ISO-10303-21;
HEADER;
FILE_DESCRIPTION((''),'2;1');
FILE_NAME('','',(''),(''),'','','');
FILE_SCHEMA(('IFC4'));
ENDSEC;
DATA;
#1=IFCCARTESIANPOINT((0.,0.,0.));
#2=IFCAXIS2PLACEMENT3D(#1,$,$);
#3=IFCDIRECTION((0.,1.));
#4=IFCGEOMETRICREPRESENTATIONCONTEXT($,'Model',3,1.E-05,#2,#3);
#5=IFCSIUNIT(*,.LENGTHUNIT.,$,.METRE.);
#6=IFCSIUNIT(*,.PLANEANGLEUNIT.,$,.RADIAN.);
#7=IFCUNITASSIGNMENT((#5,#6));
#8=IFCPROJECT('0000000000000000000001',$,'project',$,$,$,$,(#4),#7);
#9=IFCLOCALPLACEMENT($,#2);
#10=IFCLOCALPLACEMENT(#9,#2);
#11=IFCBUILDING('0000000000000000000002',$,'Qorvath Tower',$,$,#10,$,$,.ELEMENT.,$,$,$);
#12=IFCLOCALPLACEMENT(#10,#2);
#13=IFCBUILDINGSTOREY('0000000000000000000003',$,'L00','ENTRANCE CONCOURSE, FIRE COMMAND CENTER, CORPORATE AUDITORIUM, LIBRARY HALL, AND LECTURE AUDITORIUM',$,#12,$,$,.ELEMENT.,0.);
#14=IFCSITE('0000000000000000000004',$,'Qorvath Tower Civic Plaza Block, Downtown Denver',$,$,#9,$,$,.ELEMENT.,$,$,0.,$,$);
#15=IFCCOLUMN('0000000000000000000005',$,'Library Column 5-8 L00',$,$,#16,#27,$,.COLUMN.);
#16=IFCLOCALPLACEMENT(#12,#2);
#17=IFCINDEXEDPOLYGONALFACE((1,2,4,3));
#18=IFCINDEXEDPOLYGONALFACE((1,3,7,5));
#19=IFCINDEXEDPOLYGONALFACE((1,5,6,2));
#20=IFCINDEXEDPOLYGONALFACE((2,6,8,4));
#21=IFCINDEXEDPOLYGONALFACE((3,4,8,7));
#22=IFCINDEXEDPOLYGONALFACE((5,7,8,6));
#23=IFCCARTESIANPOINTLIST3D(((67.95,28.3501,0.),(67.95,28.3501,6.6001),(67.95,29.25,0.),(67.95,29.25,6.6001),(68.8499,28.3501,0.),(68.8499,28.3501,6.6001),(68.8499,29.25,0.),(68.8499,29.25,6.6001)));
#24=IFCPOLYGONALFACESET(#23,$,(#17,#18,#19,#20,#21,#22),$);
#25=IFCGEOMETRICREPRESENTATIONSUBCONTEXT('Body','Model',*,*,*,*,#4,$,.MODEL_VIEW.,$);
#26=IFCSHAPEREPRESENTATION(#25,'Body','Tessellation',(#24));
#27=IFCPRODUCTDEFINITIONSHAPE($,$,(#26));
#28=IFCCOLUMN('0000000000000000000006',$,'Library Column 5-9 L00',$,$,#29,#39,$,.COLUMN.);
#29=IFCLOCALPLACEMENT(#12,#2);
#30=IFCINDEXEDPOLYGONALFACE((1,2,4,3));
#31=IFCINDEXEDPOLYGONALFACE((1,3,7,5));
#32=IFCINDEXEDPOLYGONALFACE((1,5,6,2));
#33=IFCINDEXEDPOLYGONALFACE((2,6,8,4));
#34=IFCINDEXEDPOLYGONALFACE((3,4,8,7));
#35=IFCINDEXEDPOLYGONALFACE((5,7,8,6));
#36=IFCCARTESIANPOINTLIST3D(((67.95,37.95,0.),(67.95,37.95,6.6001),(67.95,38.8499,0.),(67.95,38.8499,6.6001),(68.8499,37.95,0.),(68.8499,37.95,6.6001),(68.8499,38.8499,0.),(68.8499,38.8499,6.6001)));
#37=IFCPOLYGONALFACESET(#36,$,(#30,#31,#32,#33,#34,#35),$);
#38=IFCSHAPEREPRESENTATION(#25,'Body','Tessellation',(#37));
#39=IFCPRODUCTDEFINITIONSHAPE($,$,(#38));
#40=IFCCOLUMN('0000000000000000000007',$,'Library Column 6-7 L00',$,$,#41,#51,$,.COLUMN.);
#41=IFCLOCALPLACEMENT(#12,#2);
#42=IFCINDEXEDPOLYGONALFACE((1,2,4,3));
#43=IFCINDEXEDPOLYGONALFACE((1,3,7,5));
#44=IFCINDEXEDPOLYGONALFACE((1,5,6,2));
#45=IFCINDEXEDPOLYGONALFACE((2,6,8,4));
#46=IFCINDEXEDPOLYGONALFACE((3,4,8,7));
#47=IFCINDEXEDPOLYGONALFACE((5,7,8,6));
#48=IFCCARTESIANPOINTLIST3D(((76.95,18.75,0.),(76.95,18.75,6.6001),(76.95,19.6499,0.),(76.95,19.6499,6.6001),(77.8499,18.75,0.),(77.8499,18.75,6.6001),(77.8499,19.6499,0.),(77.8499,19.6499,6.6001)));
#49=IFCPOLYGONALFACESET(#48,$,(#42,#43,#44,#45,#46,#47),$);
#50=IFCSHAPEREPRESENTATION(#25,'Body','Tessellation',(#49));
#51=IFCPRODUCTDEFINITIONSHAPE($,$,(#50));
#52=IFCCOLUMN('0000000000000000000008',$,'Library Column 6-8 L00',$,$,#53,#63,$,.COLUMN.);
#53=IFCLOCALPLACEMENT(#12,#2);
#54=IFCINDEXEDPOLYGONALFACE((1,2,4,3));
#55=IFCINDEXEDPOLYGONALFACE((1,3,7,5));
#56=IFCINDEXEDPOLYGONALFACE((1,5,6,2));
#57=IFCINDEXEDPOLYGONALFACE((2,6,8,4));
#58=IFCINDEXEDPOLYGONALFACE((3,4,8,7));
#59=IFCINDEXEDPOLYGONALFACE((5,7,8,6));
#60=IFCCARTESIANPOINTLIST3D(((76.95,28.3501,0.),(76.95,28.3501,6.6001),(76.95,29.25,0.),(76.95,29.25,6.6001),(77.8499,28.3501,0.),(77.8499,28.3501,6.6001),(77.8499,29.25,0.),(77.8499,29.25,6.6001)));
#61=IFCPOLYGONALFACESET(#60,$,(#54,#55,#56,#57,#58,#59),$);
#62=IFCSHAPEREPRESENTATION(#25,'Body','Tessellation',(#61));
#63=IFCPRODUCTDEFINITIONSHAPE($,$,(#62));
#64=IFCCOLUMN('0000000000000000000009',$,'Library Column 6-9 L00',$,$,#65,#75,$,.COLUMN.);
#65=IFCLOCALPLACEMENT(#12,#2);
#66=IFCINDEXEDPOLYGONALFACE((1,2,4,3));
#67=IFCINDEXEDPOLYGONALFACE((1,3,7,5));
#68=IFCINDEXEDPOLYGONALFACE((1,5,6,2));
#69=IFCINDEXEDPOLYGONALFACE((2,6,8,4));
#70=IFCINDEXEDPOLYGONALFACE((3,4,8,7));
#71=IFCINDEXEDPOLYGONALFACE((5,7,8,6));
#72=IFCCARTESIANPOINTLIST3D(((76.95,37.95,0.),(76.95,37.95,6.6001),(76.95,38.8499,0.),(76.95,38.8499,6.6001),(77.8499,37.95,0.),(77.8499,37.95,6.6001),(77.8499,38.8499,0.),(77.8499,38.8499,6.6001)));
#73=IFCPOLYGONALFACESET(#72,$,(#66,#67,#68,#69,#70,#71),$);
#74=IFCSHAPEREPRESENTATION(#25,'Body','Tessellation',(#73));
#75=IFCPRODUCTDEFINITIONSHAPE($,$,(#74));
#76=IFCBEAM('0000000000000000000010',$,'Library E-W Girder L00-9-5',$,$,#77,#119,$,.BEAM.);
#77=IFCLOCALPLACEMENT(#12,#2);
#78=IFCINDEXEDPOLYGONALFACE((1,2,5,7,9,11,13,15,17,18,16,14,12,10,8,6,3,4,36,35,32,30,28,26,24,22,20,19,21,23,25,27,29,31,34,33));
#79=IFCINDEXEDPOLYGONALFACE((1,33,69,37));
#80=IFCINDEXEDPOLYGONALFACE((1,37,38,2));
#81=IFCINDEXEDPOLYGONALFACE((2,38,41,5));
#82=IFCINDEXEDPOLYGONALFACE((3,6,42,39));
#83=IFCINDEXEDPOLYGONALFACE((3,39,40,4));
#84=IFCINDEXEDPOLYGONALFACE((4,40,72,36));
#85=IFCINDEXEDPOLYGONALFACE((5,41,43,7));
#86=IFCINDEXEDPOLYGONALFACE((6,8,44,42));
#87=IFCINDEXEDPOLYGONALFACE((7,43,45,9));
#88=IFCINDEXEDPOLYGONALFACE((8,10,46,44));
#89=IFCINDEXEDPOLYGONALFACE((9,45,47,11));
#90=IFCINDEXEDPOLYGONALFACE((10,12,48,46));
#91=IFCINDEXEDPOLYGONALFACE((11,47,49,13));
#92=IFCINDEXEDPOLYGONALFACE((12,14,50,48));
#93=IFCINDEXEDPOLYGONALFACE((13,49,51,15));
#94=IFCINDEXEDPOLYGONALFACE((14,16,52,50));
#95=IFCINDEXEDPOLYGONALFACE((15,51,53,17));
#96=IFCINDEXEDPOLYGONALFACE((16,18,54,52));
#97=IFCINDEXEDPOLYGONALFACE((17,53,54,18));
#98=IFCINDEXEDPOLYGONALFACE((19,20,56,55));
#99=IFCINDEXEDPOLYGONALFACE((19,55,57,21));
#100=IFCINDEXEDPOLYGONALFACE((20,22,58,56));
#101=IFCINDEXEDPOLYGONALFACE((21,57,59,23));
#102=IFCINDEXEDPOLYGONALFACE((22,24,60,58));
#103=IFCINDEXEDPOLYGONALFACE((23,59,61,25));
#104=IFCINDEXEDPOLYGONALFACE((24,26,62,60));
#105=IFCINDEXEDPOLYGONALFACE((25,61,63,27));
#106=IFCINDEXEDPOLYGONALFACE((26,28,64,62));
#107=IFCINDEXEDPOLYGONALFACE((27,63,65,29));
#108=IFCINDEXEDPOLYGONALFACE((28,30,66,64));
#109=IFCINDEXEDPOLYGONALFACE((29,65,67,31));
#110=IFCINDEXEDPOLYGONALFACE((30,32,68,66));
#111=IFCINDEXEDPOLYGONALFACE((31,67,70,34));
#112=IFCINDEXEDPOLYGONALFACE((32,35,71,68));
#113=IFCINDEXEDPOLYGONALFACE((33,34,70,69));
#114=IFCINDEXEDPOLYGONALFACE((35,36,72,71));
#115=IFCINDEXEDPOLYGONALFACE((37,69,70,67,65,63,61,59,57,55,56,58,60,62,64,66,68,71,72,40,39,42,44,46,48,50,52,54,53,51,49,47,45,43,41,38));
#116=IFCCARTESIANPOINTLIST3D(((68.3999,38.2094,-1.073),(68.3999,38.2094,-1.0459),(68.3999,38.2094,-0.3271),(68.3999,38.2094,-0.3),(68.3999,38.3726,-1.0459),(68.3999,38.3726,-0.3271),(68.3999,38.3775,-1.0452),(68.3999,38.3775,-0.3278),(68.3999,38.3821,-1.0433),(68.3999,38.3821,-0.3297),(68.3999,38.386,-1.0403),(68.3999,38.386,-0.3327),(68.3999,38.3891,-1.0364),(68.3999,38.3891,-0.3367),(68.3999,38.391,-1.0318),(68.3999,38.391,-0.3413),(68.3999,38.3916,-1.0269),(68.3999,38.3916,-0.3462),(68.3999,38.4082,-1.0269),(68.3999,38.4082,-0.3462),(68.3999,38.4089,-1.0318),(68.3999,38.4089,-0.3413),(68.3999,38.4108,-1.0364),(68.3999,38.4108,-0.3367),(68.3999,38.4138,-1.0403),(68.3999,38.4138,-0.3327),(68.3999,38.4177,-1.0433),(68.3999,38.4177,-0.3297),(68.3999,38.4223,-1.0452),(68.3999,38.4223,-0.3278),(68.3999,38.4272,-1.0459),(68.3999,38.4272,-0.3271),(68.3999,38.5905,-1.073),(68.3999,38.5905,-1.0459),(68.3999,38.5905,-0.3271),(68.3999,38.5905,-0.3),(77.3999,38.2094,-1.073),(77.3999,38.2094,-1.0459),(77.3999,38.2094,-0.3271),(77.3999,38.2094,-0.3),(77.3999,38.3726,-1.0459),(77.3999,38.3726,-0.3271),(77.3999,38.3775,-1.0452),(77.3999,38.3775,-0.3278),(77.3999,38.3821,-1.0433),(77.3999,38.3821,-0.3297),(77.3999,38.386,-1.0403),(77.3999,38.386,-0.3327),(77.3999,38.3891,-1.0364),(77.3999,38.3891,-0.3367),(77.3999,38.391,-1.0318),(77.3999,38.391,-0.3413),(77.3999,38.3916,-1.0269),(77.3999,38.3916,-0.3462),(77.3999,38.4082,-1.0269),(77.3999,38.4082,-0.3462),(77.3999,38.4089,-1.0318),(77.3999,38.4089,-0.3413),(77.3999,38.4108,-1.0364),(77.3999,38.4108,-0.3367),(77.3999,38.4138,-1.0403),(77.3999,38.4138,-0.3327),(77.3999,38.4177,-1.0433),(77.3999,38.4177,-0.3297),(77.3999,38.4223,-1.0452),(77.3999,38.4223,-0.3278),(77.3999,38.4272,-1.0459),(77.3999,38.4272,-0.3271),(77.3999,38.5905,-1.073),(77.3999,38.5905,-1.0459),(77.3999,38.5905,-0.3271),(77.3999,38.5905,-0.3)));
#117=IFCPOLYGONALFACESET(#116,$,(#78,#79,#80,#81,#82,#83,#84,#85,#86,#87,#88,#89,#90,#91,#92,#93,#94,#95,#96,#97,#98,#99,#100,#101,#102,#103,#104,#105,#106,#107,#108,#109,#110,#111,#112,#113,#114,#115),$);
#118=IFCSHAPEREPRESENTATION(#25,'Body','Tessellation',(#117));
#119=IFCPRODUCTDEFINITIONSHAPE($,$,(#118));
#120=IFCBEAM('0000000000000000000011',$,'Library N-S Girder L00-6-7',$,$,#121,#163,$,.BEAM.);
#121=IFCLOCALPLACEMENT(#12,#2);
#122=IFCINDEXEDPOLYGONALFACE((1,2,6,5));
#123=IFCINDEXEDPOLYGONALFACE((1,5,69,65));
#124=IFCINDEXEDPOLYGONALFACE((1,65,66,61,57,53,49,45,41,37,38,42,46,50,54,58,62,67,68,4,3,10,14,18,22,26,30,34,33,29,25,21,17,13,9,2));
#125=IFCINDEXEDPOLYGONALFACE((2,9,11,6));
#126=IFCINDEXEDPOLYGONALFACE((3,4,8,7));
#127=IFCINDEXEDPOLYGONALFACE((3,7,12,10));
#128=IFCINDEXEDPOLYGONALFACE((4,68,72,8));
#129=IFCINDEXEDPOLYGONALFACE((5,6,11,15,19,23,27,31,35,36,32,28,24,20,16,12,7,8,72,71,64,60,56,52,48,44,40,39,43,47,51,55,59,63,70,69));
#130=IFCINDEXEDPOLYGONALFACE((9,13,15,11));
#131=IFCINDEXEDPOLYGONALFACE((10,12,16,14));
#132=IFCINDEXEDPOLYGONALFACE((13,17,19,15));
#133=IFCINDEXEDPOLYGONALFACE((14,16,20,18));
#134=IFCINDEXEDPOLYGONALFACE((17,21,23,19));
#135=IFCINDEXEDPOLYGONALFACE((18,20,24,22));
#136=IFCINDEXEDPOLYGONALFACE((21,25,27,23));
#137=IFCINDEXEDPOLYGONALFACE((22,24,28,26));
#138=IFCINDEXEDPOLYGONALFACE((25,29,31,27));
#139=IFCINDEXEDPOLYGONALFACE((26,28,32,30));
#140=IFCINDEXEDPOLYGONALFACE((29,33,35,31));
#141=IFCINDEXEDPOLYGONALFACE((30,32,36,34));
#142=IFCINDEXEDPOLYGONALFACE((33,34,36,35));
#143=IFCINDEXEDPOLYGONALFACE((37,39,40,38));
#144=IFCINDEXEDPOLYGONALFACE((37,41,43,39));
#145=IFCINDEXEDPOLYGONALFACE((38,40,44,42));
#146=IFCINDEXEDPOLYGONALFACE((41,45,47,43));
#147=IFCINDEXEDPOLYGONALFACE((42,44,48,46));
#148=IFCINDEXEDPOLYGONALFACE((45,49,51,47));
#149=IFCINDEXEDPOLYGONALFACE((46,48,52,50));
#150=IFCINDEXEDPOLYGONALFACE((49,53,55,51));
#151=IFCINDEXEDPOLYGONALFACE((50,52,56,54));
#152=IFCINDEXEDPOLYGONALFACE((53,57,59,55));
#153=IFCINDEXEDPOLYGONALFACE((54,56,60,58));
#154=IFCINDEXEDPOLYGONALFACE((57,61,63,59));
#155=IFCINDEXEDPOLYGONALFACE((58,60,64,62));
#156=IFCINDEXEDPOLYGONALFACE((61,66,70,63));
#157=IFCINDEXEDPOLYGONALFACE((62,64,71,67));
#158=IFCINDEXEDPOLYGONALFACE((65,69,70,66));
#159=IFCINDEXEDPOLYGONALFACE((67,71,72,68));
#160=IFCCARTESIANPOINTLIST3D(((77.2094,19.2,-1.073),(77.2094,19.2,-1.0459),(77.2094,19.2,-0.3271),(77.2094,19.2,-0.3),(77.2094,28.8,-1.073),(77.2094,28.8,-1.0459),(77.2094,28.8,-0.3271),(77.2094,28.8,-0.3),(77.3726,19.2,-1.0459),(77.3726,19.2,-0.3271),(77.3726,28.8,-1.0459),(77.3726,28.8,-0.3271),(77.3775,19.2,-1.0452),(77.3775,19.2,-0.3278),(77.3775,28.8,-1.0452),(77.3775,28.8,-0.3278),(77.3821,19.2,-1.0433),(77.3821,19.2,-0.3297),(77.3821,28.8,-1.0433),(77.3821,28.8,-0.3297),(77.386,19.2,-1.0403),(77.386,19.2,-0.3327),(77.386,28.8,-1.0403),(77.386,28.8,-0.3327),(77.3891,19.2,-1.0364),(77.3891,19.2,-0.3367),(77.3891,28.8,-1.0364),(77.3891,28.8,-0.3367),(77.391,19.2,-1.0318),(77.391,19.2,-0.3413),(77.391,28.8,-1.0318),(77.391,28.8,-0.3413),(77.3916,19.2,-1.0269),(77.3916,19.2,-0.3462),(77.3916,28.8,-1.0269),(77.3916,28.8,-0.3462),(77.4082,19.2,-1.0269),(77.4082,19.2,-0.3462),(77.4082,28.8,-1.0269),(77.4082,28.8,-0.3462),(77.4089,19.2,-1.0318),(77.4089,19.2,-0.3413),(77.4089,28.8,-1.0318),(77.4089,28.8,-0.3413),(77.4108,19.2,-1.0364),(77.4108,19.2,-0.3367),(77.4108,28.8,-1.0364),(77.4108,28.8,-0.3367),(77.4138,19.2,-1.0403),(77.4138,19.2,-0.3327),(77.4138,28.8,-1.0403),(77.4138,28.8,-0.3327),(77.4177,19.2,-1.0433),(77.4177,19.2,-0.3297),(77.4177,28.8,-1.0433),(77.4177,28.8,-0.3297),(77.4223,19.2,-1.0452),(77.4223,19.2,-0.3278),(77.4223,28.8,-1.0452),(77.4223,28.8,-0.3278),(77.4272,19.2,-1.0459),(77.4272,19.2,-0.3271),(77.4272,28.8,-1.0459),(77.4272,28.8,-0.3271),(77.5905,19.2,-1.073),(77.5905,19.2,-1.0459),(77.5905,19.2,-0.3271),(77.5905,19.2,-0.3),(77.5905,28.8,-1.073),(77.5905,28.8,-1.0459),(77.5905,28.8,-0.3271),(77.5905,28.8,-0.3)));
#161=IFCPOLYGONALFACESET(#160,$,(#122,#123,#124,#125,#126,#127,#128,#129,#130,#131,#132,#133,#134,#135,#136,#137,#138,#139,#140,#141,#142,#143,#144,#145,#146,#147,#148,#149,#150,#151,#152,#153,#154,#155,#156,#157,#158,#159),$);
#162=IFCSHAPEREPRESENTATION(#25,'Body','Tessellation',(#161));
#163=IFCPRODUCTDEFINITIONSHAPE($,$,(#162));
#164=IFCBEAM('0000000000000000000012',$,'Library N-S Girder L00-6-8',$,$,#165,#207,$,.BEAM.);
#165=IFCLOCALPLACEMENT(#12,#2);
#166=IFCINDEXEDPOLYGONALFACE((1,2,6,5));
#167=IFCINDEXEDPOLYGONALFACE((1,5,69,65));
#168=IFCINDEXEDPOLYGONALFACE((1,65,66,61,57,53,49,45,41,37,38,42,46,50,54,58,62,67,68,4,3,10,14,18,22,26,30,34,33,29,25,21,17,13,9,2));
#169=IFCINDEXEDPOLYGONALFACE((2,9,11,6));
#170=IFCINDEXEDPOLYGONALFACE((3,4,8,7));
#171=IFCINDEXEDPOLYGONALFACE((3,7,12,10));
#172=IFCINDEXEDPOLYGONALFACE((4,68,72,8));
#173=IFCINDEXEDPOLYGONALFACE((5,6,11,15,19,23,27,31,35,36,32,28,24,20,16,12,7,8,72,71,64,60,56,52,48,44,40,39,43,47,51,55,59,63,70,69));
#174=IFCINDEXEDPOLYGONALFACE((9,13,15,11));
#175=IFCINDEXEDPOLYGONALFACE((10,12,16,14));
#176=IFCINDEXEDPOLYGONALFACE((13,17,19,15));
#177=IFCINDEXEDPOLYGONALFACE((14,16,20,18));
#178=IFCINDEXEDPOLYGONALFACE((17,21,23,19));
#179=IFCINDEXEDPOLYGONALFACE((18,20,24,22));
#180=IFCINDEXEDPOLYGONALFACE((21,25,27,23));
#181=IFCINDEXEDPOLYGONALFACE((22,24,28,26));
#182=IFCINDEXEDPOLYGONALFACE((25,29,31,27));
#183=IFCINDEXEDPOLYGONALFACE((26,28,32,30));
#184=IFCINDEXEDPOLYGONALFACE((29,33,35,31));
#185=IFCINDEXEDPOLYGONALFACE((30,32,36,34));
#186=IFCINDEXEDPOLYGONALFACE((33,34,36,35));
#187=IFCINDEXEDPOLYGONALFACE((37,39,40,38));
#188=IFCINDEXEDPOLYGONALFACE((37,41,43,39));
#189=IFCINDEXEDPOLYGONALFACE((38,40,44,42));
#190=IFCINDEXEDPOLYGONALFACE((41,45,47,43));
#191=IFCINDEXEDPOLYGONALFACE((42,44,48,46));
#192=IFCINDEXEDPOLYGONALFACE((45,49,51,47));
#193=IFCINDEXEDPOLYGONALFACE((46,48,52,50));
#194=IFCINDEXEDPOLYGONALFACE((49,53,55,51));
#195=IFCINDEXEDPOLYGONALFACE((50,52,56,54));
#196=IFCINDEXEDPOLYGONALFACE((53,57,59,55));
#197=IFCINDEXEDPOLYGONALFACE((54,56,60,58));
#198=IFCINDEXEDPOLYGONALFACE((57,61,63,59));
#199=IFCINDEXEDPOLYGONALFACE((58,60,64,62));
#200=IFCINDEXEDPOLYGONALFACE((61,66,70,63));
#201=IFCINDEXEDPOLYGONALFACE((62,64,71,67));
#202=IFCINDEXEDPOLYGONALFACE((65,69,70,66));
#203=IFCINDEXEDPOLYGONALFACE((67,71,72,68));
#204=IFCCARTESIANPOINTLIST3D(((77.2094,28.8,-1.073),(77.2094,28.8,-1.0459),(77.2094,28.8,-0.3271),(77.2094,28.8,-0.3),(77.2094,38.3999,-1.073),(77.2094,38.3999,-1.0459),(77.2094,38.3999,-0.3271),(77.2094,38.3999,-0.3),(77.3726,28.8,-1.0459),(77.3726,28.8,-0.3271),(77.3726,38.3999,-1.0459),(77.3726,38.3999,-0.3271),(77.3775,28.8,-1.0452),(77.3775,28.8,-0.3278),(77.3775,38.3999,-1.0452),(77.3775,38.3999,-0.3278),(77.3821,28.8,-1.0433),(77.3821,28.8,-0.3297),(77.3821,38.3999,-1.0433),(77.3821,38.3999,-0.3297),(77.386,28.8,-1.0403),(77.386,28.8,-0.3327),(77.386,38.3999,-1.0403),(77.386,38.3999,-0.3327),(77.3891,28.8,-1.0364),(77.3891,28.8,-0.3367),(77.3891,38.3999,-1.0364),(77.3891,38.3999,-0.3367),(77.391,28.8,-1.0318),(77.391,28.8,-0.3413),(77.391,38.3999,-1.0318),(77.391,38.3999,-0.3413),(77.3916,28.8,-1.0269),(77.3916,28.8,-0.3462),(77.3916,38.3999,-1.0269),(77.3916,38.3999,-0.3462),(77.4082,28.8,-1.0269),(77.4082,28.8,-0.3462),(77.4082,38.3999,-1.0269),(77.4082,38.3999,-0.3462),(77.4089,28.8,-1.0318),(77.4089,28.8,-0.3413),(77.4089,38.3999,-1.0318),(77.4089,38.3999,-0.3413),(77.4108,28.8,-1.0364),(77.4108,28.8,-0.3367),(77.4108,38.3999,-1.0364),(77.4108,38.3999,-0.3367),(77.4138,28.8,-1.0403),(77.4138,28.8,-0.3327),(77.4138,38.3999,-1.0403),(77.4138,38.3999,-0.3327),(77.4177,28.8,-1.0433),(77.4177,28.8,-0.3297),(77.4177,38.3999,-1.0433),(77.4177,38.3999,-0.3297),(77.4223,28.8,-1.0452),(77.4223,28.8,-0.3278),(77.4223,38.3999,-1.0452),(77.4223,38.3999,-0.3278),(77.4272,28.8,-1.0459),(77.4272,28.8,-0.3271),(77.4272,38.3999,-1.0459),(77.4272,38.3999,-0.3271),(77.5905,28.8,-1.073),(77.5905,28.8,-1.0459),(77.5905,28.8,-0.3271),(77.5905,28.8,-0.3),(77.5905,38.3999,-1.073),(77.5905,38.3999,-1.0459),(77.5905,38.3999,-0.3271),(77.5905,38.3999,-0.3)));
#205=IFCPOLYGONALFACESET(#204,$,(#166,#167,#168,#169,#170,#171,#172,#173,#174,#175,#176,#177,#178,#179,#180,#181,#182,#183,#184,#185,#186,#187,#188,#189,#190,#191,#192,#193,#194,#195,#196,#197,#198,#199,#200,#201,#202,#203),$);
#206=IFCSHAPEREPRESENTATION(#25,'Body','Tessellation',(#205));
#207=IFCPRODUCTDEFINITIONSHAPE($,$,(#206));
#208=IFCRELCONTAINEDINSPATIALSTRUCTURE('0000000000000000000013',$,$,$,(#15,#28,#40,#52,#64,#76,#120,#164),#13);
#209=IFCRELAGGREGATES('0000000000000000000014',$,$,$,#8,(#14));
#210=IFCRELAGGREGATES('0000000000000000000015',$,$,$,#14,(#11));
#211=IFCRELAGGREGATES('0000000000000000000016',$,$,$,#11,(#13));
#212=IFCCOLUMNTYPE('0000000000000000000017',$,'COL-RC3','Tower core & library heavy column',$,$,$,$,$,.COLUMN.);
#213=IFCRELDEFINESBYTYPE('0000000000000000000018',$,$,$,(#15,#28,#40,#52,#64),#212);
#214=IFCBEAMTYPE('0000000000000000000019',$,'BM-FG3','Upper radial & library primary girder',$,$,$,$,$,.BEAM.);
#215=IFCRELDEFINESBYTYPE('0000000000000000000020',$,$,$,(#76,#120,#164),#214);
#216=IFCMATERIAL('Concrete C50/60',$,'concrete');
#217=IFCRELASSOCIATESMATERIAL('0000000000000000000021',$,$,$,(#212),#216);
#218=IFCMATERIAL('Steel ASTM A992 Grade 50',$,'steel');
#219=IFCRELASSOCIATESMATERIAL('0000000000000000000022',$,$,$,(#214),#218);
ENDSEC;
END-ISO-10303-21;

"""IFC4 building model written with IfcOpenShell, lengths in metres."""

from ifc_helpers import new_model, si_unit, direction, frame, origin, origin_2d, place, context, subcontext, project, spatial, rectangle, i_section, extrude, material, material_profile, profile_set, type_object, element, save


model = new_model("IFC4")

# Units and contexts
model_context = context("Model", 3, precision=1e-05, world=origin(), true_north=direction((0.0, 1.0)))
body_context = subcontext(model_context, "Body", "Model", "MODEL_VIEW")
ifc_project = project(units=[si_unit("LENGTHUNIT", "METRE"), si_unit("PLANEANGLEUNIT", "RADIAN")], contexts=[model_context])

# Site, building, storey
site_placement = place(None, origin())
site = spatial("IfcSite", under=ifc_project, at=site_placement, Name="Qorvath Tower Civic Plaza Block, Downtown Denver", CompositionType="ELEMENT", RefElevation=0.0)
building_placement = place(site_placement, origin())
building = spatial("IfcBuilding", under=site, at=building_placement, Name="Qorvath Tower", CompositionType="ELEMENT")
storey_placement = place(building_placement, origin())
storey = spatial("IfcBuildingStorey", under=building, at=storey_placement, Name="L00", Description="ENTRANCE CONCOURSE, FIRE COMMAND CENTER, CORPORATE AUDITORIUM, LIBRARY HALL, AND LECTURE AUDITORIUM", CompositionType="ELEMENT", Elevation=0.0)

# Columns
ifc_material_1 = material(Name="Concrete C50/60", Category="concrete")
ifc_material_profile_1 = material_profile(ifc_material_1, rectangle(XDim=0.8999, YDim=0.8999, at=origin_2d()), Name="RC 900x900")
ifc_profile_set_1 = profile_set([ifc_material_profile_1], Name="Concrete C50/60")
column_type = type_object("IfcColumnType", Name="COL-RC3", Description="Tower core & library heavy column", PredefinedType="COLUMN", material=ifc_profile_set_1)
for number, where, z_axis, x_axis, name in (
    (1, (68.3999, 28.8, 0.0), (0.0, 0.0, 1.0), (1.0, 0.0, 0.0), "Library Column 5-8 L00"),
    (2, (68.3999, 38.3999, 0.0), (0.0, 0.0, 1.0), (1.0, 0.0, 0.0), "Library Column 5-9 L00"),
    (3, (77.3999, 19.2, 0.0), (0.0, 0.0, 1.0), (1.0, 0.0, 0.0), "Library Column 6-7 L00"),
    (4, (77.3999, 28.8, 0.0), (0.0, 0.0, 1.0), (1.0, 0.0, 0.0), "Library Column 6-8 L00"),
    (5, (77.3999, 38.3999, 0.0), (0.0, 0.0, 1.0), (1.0, 0.0, 0.0), "Library Column 6-9 L00"),
):
    element("IfcColumn", number, at=place(storey_placement, frame(where, z_axis=z_axis, x_axis=x_axis)), inside=storey, type_object=column_type, Name=name, PredefinedType="COLUMN", context=body_context, shape_type="SweptSolid", body=[
        extrude(rectangle(XDim=0.8999, YDim=0.8999, at=origin_2d()), origin(), (0.0, 0.0, 1.0), 6.6001),
    ])

# Beams
ifc_material_2 = material(Name="Steel ASTM A992 Grade 50", Category="steel")
ifc_material_profile_2 = material_profile(ifc_material_2, i_section(OverallWidth=0.3811, OverallDepth=0.7729, WebThickness=0.0166, FlangeThickness=0.0271, FilletRadius=0.019, at=origin_2d()), Name="W30x173")
ifc_profile_set_2 = profile_set([ifc_material_profile_2], Name="Steel ASTM A992 Grade 50")
beam_type_1 = type_object("IfcBeamType", Name="BM-FG3", Description="Upper radial & library primary girder", PredefinedType="BEAM", material=ifc_profile_set_2)
beam_1_placement = place(storey_placement, frame((68.3999, 38.3999, -0.6865), z_axis=(1.0, 0.0, 0.0), x_axis=(0.0, 1.0, 0.0)))
element("IfcBeam", 6, at=beam_1_placement, inside=storey, type_object=beam_type_1, Name="Library E-W Girder L00-9-5", PredefinedType="BEAM", context=body_context, shape_type="SweptSolid", body=[
    extrude(i_section(OverallWidth=0.3811, OverallDepth=0.7729, WebThickness=0.0166, FlangeThickness=0.0271, FilletRadius=0.019, at=origin_2d()), origin(), (0.0, 0.0, 1.0), 9.0),
])
beam_2_placement = place(storey_placement, frame((77.3999, 19.2, -0.6865), z_axis=(0.0, 1.0, 0.0), x_axis=(-1.0, 0.0, 0.0)))
element("IfcBeam", 7, at=beam_2_placement, inside=storey, type_object=beam_type_1, Name="Library N-S Girder L00-6-7", PredefinedType="BEAM", context=body_context, shape_type="SweptSolid", body=[
    extrude(i_section(OverallWidth=0.3811, OverallDepth=0.7729, WebThickness=0.0166, FlangeThickness=0.0271, FilletRadius=0.019, at=origin_2d()), origin(), (0.0, 0.0, 1.0), 9.6001),
])
beam_3_placement = place(storey_placement, frame((77.3999, 28.8, -0.6865), z_axis=(0.0, 1.0, 0.0), x_axis=(-1.0, 0.0, 0.0)))
element("IfcBeam", 8, at=beam_3_placement, inside=storey, type_object=beam_type_1, Name="Library N-S Girder L00-6-8", PredefinedType="BEAM", context=body_context, shape_type="SweptSolid", body=[
    extrude(i_section(OverallWidth=0.3811, OverallDepth=0.7729, WebThickness=0.0166, FlangeThickness=0.0271, FilletRadius=0.019, at=origin_2d()), origin(), (0.0, 0.0, 1.0), 9.5999),
])

save(model, "model.ifc")
